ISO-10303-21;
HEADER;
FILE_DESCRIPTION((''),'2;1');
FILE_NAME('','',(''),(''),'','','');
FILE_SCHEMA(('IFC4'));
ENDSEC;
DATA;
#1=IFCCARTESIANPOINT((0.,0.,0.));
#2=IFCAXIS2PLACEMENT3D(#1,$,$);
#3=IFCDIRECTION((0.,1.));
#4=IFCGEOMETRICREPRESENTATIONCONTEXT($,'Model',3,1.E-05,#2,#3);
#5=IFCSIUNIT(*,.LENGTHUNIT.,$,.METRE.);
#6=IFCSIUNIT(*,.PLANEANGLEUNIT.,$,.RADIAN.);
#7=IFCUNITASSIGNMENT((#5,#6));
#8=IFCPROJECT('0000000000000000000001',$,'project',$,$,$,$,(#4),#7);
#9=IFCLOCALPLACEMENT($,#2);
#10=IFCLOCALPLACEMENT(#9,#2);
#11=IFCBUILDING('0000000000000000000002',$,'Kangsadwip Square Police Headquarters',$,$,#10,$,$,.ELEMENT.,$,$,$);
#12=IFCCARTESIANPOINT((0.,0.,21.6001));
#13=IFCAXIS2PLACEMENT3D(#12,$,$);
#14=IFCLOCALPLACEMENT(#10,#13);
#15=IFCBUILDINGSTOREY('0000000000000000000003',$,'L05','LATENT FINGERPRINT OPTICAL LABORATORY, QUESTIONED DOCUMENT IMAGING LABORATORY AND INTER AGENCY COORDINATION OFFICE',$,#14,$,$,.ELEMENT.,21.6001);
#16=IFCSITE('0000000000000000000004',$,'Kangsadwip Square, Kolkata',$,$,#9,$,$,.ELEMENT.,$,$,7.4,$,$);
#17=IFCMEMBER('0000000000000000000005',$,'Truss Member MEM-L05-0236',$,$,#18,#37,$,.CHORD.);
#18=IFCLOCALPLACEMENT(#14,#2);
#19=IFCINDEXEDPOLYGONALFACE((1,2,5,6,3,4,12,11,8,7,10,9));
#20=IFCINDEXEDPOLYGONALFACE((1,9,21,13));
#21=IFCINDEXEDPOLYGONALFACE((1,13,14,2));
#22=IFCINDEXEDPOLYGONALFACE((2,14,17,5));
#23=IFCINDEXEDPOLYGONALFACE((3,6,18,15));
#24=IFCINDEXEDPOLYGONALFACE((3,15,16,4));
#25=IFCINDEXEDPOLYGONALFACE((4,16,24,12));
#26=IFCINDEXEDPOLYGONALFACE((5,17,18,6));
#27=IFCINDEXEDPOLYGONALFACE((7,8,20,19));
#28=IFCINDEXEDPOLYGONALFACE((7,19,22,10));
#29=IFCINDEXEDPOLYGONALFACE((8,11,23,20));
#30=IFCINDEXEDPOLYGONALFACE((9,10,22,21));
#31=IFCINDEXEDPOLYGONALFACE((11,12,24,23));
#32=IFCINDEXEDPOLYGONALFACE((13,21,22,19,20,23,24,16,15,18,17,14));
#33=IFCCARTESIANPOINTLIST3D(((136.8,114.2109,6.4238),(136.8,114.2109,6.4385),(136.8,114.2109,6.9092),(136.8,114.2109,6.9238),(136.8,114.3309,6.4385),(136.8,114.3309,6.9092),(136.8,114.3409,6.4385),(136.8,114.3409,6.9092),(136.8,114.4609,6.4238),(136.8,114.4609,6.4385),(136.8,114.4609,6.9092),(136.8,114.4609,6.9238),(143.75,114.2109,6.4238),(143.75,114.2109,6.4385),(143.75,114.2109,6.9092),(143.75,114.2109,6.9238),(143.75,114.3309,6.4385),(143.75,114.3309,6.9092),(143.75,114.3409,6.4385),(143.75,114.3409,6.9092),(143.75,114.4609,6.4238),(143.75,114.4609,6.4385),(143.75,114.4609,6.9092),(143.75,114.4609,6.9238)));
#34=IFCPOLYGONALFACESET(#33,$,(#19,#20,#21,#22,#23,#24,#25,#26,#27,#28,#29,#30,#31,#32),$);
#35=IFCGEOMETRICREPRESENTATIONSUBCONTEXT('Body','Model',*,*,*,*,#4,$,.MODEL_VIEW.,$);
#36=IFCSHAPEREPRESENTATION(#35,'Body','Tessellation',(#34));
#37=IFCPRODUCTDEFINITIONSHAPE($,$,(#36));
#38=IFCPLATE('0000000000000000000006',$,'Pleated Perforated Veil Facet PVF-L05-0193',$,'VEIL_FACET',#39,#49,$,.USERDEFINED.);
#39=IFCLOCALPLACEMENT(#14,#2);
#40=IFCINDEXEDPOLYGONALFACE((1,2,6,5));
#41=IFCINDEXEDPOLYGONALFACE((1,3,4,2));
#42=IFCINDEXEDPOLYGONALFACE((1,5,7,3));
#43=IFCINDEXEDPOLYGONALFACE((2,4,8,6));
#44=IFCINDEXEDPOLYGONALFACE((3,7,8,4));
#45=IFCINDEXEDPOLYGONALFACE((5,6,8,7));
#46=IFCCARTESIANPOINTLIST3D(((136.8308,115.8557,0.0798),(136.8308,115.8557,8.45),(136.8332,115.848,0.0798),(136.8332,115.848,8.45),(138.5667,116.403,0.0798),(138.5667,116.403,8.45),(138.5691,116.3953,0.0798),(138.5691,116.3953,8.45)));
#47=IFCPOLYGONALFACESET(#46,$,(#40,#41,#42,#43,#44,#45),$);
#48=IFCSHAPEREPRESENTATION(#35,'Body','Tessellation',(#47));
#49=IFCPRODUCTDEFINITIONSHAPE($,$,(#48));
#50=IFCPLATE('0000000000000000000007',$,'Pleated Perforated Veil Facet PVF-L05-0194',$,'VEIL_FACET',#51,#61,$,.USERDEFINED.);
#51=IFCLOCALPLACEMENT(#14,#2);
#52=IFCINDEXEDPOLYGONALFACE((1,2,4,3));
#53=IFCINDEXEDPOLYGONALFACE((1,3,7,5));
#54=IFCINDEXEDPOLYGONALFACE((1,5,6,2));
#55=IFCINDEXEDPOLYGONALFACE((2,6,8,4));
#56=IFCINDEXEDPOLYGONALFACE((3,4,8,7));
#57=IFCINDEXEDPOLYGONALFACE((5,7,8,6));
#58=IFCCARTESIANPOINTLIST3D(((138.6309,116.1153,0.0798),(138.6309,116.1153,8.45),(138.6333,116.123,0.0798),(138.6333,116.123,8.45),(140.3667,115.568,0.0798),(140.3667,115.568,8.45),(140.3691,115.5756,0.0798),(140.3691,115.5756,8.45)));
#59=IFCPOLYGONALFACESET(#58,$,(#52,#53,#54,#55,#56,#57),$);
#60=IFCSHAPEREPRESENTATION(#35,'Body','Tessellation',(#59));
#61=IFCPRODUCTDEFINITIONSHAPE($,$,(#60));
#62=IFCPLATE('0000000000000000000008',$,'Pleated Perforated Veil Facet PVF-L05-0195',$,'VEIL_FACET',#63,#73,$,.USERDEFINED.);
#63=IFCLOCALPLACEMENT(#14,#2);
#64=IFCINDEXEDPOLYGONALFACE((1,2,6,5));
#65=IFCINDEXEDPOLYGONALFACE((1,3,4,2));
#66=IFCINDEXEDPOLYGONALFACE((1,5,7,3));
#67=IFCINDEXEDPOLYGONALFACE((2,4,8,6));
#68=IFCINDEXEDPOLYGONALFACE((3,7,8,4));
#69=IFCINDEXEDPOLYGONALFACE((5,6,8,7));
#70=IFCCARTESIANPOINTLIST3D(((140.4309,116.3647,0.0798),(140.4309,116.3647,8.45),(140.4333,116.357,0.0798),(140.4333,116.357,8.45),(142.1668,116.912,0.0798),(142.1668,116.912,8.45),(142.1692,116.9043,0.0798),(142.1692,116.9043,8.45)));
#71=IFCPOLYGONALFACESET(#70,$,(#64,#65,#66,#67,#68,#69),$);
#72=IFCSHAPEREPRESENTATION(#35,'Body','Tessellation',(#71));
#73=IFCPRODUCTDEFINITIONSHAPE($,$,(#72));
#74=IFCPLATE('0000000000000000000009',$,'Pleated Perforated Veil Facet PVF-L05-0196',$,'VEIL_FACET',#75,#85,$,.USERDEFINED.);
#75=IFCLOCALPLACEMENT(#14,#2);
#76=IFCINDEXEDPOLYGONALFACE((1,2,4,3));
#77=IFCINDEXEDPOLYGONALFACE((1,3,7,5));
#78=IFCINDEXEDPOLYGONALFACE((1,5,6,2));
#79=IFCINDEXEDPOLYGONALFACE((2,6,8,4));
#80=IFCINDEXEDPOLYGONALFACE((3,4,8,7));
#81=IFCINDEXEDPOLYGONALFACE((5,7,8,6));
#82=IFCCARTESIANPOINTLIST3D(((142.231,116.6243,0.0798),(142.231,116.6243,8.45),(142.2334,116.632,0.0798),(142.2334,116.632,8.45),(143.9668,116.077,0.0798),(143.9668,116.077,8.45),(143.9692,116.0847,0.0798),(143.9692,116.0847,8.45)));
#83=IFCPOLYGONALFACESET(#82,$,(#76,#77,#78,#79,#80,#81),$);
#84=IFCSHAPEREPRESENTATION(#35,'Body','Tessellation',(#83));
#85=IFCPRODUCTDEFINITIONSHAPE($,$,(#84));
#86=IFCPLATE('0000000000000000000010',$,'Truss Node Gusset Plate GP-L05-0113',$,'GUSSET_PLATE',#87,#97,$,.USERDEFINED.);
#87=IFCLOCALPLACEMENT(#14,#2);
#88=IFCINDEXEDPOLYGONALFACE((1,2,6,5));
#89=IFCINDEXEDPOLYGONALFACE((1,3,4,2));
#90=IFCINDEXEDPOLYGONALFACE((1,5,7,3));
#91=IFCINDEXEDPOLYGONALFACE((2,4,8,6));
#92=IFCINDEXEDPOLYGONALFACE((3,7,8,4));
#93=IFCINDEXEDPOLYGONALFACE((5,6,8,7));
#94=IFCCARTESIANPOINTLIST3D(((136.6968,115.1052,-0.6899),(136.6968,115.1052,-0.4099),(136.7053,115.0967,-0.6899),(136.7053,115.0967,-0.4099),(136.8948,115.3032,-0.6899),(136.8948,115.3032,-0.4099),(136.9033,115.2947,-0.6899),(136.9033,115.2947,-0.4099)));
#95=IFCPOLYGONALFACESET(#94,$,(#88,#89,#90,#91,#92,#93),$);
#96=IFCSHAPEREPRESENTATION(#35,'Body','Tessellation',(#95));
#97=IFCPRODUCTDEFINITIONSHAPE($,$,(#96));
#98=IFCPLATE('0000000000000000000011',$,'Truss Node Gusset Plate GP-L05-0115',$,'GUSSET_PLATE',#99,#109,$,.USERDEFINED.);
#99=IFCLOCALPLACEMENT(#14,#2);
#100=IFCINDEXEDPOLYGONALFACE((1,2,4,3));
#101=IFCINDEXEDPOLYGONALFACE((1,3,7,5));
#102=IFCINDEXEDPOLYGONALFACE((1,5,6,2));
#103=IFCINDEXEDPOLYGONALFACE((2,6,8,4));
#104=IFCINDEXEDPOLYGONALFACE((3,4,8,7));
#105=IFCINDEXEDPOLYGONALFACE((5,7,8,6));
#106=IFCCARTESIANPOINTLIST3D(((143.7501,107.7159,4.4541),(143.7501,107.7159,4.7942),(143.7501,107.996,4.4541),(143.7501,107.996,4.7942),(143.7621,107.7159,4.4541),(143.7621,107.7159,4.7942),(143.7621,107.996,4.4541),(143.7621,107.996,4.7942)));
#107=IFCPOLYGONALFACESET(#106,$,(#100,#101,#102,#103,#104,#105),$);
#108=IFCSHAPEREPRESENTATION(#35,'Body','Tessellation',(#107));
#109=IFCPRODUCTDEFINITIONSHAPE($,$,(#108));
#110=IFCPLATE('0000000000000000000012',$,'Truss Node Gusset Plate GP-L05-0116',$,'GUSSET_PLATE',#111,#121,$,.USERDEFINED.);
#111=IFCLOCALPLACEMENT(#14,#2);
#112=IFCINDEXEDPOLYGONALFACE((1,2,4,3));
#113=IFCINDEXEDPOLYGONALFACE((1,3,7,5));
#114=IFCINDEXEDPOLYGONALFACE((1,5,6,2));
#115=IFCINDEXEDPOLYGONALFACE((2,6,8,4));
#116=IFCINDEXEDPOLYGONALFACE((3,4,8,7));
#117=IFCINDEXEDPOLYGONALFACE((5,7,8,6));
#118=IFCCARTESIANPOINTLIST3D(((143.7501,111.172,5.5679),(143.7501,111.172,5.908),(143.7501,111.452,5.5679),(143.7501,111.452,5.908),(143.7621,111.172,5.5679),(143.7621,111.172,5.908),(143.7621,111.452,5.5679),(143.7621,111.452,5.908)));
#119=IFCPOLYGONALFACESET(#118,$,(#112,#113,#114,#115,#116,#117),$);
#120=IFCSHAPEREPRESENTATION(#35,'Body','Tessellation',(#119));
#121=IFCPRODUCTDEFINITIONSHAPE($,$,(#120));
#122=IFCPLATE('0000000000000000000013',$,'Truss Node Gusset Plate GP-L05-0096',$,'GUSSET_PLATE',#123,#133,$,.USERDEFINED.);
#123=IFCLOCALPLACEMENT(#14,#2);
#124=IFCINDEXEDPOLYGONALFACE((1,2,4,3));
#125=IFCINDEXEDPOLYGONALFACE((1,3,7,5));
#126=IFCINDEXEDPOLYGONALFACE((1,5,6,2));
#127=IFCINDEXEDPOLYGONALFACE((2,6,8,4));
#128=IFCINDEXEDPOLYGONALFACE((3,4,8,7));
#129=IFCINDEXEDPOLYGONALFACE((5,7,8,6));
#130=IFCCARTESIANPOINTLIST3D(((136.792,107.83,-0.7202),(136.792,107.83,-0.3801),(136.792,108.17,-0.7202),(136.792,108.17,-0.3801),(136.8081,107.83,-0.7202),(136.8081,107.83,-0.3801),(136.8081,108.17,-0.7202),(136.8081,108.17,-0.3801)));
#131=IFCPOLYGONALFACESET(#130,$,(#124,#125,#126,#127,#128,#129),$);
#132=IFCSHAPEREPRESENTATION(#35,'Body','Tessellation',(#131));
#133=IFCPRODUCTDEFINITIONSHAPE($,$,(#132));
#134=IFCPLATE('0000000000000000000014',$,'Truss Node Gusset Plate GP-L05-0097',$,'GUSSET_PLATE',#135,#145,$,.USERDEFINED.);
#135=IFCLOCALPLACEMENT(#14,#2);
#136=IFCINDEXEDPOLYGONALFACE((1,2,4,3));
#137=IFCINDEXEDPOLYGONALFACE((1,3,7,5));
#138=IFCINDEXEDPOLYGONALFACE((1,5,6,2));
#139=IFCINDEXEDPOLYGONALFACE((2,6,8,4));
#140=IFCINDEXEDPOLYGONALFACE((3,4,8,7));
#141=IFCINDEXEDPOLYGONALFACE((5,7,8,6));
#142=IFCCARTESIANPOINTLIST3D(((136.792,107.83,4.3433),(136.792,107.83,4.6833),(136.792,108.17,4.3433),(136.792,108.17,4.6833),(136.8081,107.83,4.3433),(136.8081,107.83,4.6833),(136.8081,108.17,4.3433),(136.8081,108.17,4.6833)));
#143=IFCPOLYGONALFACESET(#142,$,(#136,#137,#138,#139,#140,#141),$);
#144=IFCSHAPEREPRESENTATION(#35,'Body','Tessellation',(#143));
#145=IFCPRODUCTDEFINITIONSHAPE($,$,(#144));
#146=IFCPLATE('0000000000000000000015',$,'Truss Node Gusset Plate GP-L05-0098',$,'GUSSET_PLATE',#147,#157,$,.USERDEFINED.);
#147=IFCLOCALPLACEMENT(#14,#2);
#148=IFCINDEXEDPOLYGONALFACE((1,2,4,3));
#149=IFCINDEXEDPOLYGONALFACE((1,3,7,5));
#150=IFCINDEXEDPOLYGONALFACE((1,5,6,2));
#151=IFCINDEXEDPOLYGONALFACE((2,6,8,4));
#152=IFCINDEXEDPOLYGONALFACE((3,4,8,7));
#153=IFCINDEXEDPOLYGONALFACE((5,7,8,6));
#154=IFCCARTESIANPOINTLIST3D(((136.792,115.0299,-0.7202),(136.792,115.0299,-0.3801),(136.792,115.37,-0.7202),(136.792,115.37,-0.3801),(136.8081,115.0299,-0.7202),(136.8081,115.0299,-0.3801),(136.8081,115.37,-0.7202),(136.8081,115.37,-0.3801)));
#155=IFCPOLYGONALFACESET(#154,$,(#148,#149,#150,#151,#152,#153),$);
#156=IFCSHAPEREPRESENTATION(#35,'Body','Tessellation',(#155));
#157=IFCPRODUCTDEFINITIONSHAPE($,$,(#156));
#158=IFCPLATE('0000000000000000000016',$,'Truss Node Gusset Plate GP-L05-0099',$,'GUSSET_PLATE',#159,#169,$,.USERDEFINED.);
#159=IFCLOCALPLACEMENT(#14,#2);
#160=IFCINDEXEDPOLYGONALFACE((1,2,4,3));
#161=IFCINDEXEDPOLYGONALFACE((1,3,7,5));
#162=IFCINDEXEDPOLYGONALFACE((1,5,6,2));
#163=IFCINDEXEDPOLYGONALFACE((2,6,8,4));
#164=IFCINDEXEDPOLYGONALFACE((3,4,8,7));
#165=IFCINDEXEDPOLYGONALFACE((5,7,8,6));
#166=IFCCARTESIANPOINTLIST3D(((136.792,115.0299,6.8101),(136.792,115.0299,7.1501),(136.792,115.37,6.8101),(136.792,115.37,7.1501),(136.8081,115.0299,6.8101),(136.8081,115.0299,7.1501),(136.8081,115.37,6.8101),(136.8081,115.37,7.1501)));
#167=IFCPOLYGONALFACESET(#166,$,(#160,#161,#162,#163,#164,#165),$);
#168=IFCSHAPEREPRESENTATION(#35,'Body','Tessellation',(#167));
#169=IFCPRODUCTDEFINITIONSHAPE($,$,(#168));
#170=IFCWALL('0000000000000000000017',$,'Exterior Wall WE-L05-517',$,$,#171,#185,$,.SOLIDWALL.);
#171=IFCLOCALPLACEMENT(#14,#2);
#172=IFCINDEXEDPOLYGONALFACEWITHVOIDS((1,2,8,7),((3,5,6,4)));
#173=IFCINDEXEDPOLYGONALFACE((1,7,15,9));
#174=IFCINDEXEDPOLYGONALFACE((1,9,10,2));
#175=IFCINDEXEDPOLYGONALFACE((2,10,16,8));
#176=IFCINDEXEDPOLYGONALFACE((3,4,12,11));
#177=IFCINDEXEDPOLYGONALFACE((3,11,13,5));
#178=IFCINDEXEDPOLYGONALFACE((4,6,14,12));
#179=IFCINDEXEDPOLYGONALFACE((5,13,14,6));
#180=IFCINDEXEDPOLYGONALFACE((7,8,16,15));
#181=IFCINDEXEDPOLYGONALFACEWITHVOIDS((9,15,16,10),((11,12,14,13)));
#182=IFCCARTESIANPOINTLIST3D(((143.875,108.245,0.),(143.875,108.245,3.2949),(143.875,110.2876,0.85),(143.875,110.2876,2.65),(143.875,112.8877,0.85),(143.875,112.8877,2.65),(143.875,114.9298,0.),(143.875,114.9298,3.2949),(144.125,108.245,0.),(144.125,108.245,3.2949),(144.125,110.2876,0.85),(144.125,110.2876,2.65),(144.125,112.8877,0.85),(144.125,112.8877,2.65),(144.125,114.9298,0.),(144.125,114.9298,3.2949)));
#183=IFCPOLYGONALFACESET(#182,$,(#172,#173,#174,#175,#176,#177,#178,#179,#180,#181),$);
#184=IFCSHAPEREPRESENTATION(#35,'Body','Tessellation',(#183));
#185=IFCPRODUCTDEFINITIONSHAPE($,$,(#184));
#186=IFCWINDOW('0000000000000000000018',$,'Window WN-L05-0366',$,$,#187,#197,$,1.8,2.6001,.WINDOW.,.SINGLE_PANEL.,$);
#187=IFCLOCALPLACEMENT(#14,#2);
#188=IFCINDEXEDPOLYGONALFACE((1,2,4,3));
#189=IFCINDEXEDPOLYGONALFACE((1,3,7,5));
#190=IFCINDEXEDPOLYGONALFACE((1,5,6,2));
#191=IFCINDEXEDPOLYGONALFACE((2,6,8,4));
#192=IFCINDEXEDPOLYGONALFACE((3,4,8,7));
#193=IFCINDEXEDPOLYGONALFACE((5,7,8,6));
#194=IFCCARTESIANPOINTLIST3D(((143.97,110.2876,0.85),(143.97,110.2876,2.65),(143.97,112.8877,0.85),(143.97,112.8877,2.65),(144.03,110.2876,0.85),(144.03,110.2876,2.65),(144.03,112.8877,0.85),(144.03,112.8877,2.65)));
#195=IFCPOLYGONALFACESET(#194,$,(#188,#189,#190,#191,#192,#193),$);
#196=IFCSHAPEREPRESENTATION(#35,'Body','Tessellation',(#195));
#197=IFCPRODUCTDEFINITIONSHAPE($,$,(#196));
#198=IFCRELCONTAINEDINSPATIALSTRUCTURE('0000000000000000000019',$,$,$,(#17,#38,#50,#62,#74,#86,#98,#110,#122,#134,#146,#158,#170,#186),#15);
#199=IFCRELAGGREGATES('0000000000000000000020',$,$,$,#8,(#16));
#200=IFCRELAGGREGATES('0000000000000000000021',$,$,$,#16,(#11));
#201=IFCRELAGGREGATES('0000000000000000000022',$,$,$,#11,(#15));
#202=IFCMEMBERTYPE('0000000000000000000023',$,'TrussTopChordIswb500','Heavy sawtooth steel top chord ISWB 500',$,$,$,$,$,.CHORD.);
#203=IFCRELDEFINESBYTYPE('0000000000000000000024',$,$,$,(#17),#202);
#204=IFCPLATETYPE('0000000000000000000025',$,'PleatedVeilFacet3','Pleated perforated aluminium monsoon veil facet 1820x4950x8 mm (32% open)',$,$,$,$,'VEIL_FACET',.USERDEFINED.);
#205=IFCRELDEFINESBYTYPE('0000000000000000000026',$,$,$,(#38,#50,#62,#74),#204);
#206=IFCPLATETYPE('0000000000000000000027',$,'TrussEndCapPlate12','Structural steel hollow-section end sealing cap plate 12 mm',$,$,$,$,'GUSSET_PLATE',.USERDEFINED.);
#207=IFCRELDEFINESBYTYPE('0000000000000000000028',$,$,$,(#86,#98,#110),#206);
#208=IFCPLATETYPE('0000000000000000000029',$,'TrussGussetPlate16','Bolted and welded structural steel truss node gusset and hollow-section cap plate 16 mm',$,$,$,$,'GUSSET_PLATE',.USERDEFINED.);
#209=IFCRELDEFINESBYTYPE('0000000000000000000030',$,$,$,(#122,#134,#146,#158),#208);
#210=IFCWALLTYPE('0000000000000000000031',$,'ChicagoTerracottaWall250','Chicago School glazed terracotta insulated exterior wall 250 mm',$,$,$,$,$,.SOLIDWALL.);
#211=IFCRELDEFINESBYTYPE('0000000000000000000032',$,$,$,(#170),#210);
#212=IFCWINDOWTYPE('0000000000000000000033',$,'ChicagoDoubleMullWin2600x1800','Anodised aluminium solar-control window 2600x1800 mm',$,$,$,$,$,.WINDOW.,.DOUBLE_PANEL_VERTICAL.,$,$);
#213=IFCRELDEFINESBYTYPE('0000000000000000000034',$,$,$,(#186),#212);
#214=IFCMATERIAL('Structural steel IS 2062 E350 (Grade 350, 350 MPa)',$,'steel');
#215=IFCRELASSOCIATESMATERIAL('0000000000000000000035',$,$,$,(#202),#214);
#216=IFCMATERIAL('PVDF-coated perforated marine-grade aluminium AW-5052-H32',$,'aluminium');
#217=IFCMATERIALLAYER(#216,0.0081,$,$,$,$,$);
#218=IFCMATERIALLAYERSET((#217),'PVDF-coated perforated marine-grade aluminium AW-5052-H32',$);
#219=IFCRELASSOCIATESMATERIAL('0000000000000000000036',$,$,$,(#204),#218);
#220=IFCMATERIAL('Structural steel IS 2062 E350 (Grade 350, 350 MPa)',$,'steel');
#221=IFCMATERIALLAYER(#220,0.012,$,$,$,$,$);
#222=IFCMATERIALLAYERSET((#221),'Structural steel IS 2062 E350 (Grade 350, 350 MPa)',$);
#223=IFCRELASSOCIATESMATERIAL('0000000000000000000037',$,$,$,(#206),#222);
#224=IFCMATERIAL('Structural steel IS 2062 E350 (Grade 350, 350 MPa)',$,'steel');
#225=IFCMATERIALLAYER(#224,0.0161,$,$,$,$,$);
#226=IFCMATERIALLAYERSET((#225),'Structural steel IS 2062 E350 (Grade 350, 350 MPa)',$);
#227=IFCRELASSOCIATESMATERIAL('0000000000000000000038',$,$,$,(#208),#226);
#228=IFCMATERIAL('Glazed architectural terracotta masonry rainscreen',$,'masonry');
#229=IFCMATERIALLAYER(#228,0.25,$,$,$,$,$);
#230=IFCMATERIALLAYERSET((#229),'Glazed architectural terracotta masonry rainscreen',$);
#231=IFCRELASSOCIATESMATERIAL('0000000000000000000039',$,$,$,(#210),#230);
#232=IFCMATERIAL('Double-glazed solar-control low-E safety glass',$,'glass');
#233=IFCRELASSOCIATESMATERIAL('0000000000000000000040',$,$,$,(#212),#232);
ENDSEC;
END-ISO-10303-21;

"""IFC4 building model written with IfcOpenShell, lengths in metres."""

from ifc_helpers import new_model, si_unit, direction, frame, frame_2d, origin, origin_2d, place, context, subcontext, project, spatial, rectangle, i_section, extrude, material, layer, layer_set, material_profile, profile_set, type_object, element, fill, save


model = new_model("IFC4")

# Units and contexts
model_context = context("Model", 3, precision=1e-05, world=origin(), true_north=direction((0.0, 1.0)))
body_context = subcontext(model_context, "Body", "Model", "MODEL_VIEW")
ifc_project = project(units=[si_unit("LENGTHUNIT", "METRE"), si_unit("PLANEANGLEUNIT", "RADIAN")], contexts=[model_context])

# Site, building, storey
site_placement = place(None, origin())
site = spatial("IfcSite", under=ifc_project, at=site_placement, Name="Kangsadwip Square, Kolkata", CompositionType="ELEMENT", RefElevation=7.4)
building_placement = place(site_placement, origin())
building = spatial("IfcBuilding", under=site, at=building_placement, Name="Kangsadwip Square Police Headquarters", CompositionType="ELEMENT")
storey_placement = place(building_placement, frame((0.0, 0.0, 21.6001)))
storey = spatial("IfcBuildingStorey", under=building, at=storey_placement, Name="L05", Description="LATENT FINGERPRINT OPTICAL LABORATORY, QUESTIONED DOCUMENT IMAGING LABORATORY AND INTER AGENCY COORDINATION OFFICE", CompositionType="ELEMENT", Elevation=21.6001)

# Member
ifc_material_1 = material(Name="Structural steel IS 2062 E350 (Grade 350, 350 MPa)", Category="steel")
ifc_material_profile_1 = material_profile(ifc_material_1, i_section(OverallWidth=0.25, OverallDepth=0.5, WebThickness=0.01, FlangeThickness=0.0146, at=origin_2d()), Name="ISWB 500")
ifc_profile_set_1 = profile_set([ifc_material_profile_1], Name="Structural steel IS 2062 E350 (Grade 350, 350 MPa)")
member_type_1 = type_object("IfcMemberType", Name="TrussTopChordIswb500", Description="Heavy sawtooth steel top chord ISWB 500", PredefinedType="CHORD", material=ifc_profile_set_1)
member_1_placement = place(storey_placement, frame((136.8, 114.3359, 6.6738), z_axis=(1.0, 0.0, 0.0), x_axis=(0.0, 1.0, 0.0)))
element("IfcMember", 1, at=member_1_placement, inside=storey, type_object=member_type_1, Name="Truss Member MEM-L05-0236", PredefinedType="CHORD", context=body_context, shape_type="SweptSolid", body=[
    extrude(i_section(OverallWidth=0.25, OverallDepth=0.5, WebThickness=0.01, FlangeThickness=0.0146, at=origin_2d()), origin(), (0.0, 0.0, 1.0), 6.95),
])

# Plates
ifc_material_2 = material(Name="PVDF-coated perforated marine-grade aluminium AW-5052-H32", Category="aluminium")
ifc_layer_1 = layer(ifc_material_2, 0.0081)
ifc_layer_set_1 = layer_set([ifc_layer_1], Name="PVDF-coated perforated marine-grade aluminium AW-5052-H32")
plate_type_1 = type_object("IfcPlateType", Name="PleatedVeilFacet3", Description="Pleated perforated aluminium monsoon veil facet 1820x4950x8 mm (32% open)", ElementType="VEIL_FACET", PredefinedType="USERDEFINED", material=ifc_layer_set_1)
for number, where, z_axis, x_axis, name in (
    (2, (137.7, 116.1255, 0.0798), (0.0, 0.0, 1.0), (0.953717, 0.300706, 0.0), "Pleated Perforated Veil Facet PVF-L05-0193"),
    (3, (139.5, 115.8455, 0.0798), (0.0, 0.0, 1.0), (0.953717, -0.300706, 0.0), "Pleated Perforated Veil Facet PVF-L05-0194"),
    (4, (141.3, 116.6345, 0.0798), (0.0, 0.0, 1.0), (0.953717, 0.300706, 0.0), "Pleated Perforated Veil Facet PVF-L05-0195"),
    (5, (143.1001, 116.3545, 0.0798), (0.0, 0.0, 1.0), (0.953717, -0.300706, 0.0), "Pleated Perforated Veil Facet PVF-L05-0196"),
):
    element("IfcPlate", number, at=place(storey_placement, frame(where, z_axis=z_axis, x_axis=x_axis)), inside=storey, type_object=plate_type_1, Name=name, ObjectType="VEIL_FACET", PredefinedType="USERDEFINED", context=body_context, shape_type="SweptSolid", body=[
        extrude(rectangle(XDim=1.8201, YDim=0.0081, at=origin_2d()), origin(), (0.0, 0.0, 1.0), 8.3701),
    ])
ifc_material_3 = material(Name="Structural steel IS 2062 E350 (Grade 350, 350 MPa)", Category="steel")
ifc_layer_2 = layer(ifc_material_3, 0.012)
ifc_layer_set_2 = layer_set([ifc_layer_2], Name="Structural steel IS 2062 E350 (Grade 350, 350 MPa)")
plate_type_2 = type_object("IfcPlateType", Name="TrussEndCapPlate12", Description="Structural steel hollow-section end sealing cap plate 12 mm", ElementType="GUSSET_PLATE", PredefinedType="USERDEFINED", material=ifc_layer_set_2)
plate_placement = place(storey_placement, frame((136.8, 115.2, -0.6899), z_axis=(0.0, 0.0, 1.0), x_axis=(0.707107, 0.707107, 0.0)))
element("IfcPlate", 6, at=plate_placement, inside=storey, type_object=plate_type_2, Name="Truss Node Gusset Plate GP-L05-0113", ObjectType="GUSSET_PLATE", PredefinedType="USERDEFINED", context=body_context, shape_type="SweptSolid", body=[
    extrude(rectangle(XDim=0.28, YDim=0.012, at=origin_2d()), origin(), (0.0, 0.0, 1.0), 0.28),
])
for number, where, z_axis, x_axis, name in (
    (7, (143.7561, 107.856, 4.4541), (0.0, 0.0, 1.0), (0.0, 1.0, 0.0), "Truss Node Gusset Plate GP-L05-0115"),
    (8, (143.7561, 111.312, 5.5679), (0.0, 0.0, 1.0), (0.0, 1.0, 0.0), "Truss Node Gusset Plate GP-L05-0116"),
):
    element("IfcPlate", number, at=place(storey_placement, frame(where, z_axis=z_axis, x_axis=x_axis)), inside=storey, type_object=plate_type_2, Name=name, ObjectType="GUSSET_PLATE", PredefinedType="USERDEFINED", context=body_context, shape_type="SweptSolid", body=[
        extrude(rectangle(XDim=0.28, YDim=0.012, at=origin_2d()), origin(), (0.0, 0.0, 1.0), 0.3401),
    ])
ifc_material_4 = material(Name="Structural steel IS 2062 E350 (Grade 350, 350 MPa)", Category="steel")
ifc_layer_3 = layer(ifc_material_4, 0.0161)
ifc_layer_set_3 = layer_set([ifc_layer_3], Name="Structural steel IS 2062 E350 (Grade 350, 350 MPa)")
plate_type_3 = type_object("IfcPlateType", Name="TrussGussetPlate16", Description="Bolted and welded structural steel truss node gusset and hollow-section cap plate 16 mm", ElementType="GUSSET_PLATE", PredefinedType="USERDEFINED", material=ifc_layer_set_3)
for number, where, z_axis, x_axis, name in (
    (9, (136.8, 108.0, -0.7202), (0.0, 0.0, 1.0), (0.0, 1.0, 0.0), "Truss Node Gusset Plate GP-L05-0096"),
    (10, (136.8, 108.0, 4.3433), (0.0, 0.0, 1.0), (0.0, 1.0, 0.0), "Truss Node Gusset Plate GP-L05-0097"),
    (11, (136.8, 115.2, -0.7202), (0.0, 0.0, 1.0), (0.0, 1.0, 0.0), "Truss Node Gusset Plate GP-L05-0098"),
    (12, (136.8, 115.2, 6.8101), (0.0, 0.0, 1.0), (0.0, 1.0, 0.0), "Truss Node Gusset Plate GP-L05-0099"),
):
    element("IfcPlate", number, at=place(storey_placement, frame(where, z_axis=z_axis, x_axis=x_axis)), inside=storey, type_object=plate_type_3, Name=name, ObjectType="GUSSET_PLATE", PredefinedType="USERDEFINED", context=body_context, shape_type="SweptSolid", body=[
        extrude(rectangle(XDim=0.3401, YDim=0.0161, at=origin_2d()), origin(), (0.0, 0.0, 1.0), 0.3401),
    ])

# Wall, opening, window
ifc_material_5 = material(Name="Glazed architectural terracotta masonry rainscreen", Category="masonry")
ifc_layer_4 = layer(ifc_material_5, 0.25)
ifc_layer_set_4 = layer_set([ifc_layer_4], Name="Glazed architectural terracotta masonry rainscreen")
wall_type_1 = type_object("IfcWallType", Name="ChicagoTerracottaWall250", Description="Chicago School glazed terracotta insulated exterior wall 250 mm", PredefinedType="SOLIDWALL", material=ifc_layer_set_4)
wall_1_placement = place(storey_placement, frame((144.0, 108.2451, 0.0), z_axis=(0.0, 0.0, 1.0), x_axis=(0.0, 1.0, 0.0)))
wall_1 = element("IfcWall", 13, at=wall_1_placement, inside=storey, type_object=wall_type_1, Name="Exterior Wall WE-L05-517", PredefinedType="SOLIDWALL", context=body_context, shape_type="SweptSolid", body=[
    extrude(rectangle(XDim=6.6848, YDim=0.25, at=frame_2d((3.3423, 0.0))), origin(), (0.0, 0.0, 1.0), 3.2949),
])
opening_1_placement = place(wall_1_placement, frame((2.0425, 0.0, 0.8501)))
opening_1 = element("IfcOpeningElement", 14, at=opening_1_placement, cuts=wall_1, PredefinedType="OPENING", context=body_context, shape_type="SweptSolid", body=[
    extrude(rectangle(XDim=2.6001, YDim=1.8, at=frame_2d((1.3, 0.8999))), frame((0.0, 0.135, 0.0), z_axis=(0.0, -1.0, 0.0), x_axis=(1.0, 0.0, 0.0)), (0.0, 0.0, 1.0), 0.27),
])
ifc_material_6 = material(Name="Double-glazed solar-control low-E safety glass", Category="glass")
window_type_1 = type_object("IfcWindowType", Name="ChicagoDoubleMullWin2600x1800", Description="Anodised aluminium solar-control window 2600x1800 mm", PartitioningType="DOUBLE_PANEL_VERTICAL", PredefinedType="WINDOW", material=ifc_material_6)
window_1_placement = place(opening_1_placement, origin())
window_1 = element("IfcWindow", 15, at=window_1_placement, inside=storey, type_object=window_type_1, Name="Window WN-L05-0366", OverallHeight=1.8, OverallWidth=2.6001, PartitioningType="SINGLE_PANEL", PredefinedType="WINDOW", context=body_context, shape_type="SweptSolid", body=[
    extrude(rectangle(XDim=2.6001, YDim=1.8, at=frame_2d((1.3, 0.8999))), frame((0.0, 0.03, 0.0), z_axis=(0.0, -1.0, 0.0), x_axis=(1.0, 0.0, 0.0)), (0.0, 0.0, 1.0), 0.0601),
])
fill(opening_1, window_1)

save(model, "model.ifc")
